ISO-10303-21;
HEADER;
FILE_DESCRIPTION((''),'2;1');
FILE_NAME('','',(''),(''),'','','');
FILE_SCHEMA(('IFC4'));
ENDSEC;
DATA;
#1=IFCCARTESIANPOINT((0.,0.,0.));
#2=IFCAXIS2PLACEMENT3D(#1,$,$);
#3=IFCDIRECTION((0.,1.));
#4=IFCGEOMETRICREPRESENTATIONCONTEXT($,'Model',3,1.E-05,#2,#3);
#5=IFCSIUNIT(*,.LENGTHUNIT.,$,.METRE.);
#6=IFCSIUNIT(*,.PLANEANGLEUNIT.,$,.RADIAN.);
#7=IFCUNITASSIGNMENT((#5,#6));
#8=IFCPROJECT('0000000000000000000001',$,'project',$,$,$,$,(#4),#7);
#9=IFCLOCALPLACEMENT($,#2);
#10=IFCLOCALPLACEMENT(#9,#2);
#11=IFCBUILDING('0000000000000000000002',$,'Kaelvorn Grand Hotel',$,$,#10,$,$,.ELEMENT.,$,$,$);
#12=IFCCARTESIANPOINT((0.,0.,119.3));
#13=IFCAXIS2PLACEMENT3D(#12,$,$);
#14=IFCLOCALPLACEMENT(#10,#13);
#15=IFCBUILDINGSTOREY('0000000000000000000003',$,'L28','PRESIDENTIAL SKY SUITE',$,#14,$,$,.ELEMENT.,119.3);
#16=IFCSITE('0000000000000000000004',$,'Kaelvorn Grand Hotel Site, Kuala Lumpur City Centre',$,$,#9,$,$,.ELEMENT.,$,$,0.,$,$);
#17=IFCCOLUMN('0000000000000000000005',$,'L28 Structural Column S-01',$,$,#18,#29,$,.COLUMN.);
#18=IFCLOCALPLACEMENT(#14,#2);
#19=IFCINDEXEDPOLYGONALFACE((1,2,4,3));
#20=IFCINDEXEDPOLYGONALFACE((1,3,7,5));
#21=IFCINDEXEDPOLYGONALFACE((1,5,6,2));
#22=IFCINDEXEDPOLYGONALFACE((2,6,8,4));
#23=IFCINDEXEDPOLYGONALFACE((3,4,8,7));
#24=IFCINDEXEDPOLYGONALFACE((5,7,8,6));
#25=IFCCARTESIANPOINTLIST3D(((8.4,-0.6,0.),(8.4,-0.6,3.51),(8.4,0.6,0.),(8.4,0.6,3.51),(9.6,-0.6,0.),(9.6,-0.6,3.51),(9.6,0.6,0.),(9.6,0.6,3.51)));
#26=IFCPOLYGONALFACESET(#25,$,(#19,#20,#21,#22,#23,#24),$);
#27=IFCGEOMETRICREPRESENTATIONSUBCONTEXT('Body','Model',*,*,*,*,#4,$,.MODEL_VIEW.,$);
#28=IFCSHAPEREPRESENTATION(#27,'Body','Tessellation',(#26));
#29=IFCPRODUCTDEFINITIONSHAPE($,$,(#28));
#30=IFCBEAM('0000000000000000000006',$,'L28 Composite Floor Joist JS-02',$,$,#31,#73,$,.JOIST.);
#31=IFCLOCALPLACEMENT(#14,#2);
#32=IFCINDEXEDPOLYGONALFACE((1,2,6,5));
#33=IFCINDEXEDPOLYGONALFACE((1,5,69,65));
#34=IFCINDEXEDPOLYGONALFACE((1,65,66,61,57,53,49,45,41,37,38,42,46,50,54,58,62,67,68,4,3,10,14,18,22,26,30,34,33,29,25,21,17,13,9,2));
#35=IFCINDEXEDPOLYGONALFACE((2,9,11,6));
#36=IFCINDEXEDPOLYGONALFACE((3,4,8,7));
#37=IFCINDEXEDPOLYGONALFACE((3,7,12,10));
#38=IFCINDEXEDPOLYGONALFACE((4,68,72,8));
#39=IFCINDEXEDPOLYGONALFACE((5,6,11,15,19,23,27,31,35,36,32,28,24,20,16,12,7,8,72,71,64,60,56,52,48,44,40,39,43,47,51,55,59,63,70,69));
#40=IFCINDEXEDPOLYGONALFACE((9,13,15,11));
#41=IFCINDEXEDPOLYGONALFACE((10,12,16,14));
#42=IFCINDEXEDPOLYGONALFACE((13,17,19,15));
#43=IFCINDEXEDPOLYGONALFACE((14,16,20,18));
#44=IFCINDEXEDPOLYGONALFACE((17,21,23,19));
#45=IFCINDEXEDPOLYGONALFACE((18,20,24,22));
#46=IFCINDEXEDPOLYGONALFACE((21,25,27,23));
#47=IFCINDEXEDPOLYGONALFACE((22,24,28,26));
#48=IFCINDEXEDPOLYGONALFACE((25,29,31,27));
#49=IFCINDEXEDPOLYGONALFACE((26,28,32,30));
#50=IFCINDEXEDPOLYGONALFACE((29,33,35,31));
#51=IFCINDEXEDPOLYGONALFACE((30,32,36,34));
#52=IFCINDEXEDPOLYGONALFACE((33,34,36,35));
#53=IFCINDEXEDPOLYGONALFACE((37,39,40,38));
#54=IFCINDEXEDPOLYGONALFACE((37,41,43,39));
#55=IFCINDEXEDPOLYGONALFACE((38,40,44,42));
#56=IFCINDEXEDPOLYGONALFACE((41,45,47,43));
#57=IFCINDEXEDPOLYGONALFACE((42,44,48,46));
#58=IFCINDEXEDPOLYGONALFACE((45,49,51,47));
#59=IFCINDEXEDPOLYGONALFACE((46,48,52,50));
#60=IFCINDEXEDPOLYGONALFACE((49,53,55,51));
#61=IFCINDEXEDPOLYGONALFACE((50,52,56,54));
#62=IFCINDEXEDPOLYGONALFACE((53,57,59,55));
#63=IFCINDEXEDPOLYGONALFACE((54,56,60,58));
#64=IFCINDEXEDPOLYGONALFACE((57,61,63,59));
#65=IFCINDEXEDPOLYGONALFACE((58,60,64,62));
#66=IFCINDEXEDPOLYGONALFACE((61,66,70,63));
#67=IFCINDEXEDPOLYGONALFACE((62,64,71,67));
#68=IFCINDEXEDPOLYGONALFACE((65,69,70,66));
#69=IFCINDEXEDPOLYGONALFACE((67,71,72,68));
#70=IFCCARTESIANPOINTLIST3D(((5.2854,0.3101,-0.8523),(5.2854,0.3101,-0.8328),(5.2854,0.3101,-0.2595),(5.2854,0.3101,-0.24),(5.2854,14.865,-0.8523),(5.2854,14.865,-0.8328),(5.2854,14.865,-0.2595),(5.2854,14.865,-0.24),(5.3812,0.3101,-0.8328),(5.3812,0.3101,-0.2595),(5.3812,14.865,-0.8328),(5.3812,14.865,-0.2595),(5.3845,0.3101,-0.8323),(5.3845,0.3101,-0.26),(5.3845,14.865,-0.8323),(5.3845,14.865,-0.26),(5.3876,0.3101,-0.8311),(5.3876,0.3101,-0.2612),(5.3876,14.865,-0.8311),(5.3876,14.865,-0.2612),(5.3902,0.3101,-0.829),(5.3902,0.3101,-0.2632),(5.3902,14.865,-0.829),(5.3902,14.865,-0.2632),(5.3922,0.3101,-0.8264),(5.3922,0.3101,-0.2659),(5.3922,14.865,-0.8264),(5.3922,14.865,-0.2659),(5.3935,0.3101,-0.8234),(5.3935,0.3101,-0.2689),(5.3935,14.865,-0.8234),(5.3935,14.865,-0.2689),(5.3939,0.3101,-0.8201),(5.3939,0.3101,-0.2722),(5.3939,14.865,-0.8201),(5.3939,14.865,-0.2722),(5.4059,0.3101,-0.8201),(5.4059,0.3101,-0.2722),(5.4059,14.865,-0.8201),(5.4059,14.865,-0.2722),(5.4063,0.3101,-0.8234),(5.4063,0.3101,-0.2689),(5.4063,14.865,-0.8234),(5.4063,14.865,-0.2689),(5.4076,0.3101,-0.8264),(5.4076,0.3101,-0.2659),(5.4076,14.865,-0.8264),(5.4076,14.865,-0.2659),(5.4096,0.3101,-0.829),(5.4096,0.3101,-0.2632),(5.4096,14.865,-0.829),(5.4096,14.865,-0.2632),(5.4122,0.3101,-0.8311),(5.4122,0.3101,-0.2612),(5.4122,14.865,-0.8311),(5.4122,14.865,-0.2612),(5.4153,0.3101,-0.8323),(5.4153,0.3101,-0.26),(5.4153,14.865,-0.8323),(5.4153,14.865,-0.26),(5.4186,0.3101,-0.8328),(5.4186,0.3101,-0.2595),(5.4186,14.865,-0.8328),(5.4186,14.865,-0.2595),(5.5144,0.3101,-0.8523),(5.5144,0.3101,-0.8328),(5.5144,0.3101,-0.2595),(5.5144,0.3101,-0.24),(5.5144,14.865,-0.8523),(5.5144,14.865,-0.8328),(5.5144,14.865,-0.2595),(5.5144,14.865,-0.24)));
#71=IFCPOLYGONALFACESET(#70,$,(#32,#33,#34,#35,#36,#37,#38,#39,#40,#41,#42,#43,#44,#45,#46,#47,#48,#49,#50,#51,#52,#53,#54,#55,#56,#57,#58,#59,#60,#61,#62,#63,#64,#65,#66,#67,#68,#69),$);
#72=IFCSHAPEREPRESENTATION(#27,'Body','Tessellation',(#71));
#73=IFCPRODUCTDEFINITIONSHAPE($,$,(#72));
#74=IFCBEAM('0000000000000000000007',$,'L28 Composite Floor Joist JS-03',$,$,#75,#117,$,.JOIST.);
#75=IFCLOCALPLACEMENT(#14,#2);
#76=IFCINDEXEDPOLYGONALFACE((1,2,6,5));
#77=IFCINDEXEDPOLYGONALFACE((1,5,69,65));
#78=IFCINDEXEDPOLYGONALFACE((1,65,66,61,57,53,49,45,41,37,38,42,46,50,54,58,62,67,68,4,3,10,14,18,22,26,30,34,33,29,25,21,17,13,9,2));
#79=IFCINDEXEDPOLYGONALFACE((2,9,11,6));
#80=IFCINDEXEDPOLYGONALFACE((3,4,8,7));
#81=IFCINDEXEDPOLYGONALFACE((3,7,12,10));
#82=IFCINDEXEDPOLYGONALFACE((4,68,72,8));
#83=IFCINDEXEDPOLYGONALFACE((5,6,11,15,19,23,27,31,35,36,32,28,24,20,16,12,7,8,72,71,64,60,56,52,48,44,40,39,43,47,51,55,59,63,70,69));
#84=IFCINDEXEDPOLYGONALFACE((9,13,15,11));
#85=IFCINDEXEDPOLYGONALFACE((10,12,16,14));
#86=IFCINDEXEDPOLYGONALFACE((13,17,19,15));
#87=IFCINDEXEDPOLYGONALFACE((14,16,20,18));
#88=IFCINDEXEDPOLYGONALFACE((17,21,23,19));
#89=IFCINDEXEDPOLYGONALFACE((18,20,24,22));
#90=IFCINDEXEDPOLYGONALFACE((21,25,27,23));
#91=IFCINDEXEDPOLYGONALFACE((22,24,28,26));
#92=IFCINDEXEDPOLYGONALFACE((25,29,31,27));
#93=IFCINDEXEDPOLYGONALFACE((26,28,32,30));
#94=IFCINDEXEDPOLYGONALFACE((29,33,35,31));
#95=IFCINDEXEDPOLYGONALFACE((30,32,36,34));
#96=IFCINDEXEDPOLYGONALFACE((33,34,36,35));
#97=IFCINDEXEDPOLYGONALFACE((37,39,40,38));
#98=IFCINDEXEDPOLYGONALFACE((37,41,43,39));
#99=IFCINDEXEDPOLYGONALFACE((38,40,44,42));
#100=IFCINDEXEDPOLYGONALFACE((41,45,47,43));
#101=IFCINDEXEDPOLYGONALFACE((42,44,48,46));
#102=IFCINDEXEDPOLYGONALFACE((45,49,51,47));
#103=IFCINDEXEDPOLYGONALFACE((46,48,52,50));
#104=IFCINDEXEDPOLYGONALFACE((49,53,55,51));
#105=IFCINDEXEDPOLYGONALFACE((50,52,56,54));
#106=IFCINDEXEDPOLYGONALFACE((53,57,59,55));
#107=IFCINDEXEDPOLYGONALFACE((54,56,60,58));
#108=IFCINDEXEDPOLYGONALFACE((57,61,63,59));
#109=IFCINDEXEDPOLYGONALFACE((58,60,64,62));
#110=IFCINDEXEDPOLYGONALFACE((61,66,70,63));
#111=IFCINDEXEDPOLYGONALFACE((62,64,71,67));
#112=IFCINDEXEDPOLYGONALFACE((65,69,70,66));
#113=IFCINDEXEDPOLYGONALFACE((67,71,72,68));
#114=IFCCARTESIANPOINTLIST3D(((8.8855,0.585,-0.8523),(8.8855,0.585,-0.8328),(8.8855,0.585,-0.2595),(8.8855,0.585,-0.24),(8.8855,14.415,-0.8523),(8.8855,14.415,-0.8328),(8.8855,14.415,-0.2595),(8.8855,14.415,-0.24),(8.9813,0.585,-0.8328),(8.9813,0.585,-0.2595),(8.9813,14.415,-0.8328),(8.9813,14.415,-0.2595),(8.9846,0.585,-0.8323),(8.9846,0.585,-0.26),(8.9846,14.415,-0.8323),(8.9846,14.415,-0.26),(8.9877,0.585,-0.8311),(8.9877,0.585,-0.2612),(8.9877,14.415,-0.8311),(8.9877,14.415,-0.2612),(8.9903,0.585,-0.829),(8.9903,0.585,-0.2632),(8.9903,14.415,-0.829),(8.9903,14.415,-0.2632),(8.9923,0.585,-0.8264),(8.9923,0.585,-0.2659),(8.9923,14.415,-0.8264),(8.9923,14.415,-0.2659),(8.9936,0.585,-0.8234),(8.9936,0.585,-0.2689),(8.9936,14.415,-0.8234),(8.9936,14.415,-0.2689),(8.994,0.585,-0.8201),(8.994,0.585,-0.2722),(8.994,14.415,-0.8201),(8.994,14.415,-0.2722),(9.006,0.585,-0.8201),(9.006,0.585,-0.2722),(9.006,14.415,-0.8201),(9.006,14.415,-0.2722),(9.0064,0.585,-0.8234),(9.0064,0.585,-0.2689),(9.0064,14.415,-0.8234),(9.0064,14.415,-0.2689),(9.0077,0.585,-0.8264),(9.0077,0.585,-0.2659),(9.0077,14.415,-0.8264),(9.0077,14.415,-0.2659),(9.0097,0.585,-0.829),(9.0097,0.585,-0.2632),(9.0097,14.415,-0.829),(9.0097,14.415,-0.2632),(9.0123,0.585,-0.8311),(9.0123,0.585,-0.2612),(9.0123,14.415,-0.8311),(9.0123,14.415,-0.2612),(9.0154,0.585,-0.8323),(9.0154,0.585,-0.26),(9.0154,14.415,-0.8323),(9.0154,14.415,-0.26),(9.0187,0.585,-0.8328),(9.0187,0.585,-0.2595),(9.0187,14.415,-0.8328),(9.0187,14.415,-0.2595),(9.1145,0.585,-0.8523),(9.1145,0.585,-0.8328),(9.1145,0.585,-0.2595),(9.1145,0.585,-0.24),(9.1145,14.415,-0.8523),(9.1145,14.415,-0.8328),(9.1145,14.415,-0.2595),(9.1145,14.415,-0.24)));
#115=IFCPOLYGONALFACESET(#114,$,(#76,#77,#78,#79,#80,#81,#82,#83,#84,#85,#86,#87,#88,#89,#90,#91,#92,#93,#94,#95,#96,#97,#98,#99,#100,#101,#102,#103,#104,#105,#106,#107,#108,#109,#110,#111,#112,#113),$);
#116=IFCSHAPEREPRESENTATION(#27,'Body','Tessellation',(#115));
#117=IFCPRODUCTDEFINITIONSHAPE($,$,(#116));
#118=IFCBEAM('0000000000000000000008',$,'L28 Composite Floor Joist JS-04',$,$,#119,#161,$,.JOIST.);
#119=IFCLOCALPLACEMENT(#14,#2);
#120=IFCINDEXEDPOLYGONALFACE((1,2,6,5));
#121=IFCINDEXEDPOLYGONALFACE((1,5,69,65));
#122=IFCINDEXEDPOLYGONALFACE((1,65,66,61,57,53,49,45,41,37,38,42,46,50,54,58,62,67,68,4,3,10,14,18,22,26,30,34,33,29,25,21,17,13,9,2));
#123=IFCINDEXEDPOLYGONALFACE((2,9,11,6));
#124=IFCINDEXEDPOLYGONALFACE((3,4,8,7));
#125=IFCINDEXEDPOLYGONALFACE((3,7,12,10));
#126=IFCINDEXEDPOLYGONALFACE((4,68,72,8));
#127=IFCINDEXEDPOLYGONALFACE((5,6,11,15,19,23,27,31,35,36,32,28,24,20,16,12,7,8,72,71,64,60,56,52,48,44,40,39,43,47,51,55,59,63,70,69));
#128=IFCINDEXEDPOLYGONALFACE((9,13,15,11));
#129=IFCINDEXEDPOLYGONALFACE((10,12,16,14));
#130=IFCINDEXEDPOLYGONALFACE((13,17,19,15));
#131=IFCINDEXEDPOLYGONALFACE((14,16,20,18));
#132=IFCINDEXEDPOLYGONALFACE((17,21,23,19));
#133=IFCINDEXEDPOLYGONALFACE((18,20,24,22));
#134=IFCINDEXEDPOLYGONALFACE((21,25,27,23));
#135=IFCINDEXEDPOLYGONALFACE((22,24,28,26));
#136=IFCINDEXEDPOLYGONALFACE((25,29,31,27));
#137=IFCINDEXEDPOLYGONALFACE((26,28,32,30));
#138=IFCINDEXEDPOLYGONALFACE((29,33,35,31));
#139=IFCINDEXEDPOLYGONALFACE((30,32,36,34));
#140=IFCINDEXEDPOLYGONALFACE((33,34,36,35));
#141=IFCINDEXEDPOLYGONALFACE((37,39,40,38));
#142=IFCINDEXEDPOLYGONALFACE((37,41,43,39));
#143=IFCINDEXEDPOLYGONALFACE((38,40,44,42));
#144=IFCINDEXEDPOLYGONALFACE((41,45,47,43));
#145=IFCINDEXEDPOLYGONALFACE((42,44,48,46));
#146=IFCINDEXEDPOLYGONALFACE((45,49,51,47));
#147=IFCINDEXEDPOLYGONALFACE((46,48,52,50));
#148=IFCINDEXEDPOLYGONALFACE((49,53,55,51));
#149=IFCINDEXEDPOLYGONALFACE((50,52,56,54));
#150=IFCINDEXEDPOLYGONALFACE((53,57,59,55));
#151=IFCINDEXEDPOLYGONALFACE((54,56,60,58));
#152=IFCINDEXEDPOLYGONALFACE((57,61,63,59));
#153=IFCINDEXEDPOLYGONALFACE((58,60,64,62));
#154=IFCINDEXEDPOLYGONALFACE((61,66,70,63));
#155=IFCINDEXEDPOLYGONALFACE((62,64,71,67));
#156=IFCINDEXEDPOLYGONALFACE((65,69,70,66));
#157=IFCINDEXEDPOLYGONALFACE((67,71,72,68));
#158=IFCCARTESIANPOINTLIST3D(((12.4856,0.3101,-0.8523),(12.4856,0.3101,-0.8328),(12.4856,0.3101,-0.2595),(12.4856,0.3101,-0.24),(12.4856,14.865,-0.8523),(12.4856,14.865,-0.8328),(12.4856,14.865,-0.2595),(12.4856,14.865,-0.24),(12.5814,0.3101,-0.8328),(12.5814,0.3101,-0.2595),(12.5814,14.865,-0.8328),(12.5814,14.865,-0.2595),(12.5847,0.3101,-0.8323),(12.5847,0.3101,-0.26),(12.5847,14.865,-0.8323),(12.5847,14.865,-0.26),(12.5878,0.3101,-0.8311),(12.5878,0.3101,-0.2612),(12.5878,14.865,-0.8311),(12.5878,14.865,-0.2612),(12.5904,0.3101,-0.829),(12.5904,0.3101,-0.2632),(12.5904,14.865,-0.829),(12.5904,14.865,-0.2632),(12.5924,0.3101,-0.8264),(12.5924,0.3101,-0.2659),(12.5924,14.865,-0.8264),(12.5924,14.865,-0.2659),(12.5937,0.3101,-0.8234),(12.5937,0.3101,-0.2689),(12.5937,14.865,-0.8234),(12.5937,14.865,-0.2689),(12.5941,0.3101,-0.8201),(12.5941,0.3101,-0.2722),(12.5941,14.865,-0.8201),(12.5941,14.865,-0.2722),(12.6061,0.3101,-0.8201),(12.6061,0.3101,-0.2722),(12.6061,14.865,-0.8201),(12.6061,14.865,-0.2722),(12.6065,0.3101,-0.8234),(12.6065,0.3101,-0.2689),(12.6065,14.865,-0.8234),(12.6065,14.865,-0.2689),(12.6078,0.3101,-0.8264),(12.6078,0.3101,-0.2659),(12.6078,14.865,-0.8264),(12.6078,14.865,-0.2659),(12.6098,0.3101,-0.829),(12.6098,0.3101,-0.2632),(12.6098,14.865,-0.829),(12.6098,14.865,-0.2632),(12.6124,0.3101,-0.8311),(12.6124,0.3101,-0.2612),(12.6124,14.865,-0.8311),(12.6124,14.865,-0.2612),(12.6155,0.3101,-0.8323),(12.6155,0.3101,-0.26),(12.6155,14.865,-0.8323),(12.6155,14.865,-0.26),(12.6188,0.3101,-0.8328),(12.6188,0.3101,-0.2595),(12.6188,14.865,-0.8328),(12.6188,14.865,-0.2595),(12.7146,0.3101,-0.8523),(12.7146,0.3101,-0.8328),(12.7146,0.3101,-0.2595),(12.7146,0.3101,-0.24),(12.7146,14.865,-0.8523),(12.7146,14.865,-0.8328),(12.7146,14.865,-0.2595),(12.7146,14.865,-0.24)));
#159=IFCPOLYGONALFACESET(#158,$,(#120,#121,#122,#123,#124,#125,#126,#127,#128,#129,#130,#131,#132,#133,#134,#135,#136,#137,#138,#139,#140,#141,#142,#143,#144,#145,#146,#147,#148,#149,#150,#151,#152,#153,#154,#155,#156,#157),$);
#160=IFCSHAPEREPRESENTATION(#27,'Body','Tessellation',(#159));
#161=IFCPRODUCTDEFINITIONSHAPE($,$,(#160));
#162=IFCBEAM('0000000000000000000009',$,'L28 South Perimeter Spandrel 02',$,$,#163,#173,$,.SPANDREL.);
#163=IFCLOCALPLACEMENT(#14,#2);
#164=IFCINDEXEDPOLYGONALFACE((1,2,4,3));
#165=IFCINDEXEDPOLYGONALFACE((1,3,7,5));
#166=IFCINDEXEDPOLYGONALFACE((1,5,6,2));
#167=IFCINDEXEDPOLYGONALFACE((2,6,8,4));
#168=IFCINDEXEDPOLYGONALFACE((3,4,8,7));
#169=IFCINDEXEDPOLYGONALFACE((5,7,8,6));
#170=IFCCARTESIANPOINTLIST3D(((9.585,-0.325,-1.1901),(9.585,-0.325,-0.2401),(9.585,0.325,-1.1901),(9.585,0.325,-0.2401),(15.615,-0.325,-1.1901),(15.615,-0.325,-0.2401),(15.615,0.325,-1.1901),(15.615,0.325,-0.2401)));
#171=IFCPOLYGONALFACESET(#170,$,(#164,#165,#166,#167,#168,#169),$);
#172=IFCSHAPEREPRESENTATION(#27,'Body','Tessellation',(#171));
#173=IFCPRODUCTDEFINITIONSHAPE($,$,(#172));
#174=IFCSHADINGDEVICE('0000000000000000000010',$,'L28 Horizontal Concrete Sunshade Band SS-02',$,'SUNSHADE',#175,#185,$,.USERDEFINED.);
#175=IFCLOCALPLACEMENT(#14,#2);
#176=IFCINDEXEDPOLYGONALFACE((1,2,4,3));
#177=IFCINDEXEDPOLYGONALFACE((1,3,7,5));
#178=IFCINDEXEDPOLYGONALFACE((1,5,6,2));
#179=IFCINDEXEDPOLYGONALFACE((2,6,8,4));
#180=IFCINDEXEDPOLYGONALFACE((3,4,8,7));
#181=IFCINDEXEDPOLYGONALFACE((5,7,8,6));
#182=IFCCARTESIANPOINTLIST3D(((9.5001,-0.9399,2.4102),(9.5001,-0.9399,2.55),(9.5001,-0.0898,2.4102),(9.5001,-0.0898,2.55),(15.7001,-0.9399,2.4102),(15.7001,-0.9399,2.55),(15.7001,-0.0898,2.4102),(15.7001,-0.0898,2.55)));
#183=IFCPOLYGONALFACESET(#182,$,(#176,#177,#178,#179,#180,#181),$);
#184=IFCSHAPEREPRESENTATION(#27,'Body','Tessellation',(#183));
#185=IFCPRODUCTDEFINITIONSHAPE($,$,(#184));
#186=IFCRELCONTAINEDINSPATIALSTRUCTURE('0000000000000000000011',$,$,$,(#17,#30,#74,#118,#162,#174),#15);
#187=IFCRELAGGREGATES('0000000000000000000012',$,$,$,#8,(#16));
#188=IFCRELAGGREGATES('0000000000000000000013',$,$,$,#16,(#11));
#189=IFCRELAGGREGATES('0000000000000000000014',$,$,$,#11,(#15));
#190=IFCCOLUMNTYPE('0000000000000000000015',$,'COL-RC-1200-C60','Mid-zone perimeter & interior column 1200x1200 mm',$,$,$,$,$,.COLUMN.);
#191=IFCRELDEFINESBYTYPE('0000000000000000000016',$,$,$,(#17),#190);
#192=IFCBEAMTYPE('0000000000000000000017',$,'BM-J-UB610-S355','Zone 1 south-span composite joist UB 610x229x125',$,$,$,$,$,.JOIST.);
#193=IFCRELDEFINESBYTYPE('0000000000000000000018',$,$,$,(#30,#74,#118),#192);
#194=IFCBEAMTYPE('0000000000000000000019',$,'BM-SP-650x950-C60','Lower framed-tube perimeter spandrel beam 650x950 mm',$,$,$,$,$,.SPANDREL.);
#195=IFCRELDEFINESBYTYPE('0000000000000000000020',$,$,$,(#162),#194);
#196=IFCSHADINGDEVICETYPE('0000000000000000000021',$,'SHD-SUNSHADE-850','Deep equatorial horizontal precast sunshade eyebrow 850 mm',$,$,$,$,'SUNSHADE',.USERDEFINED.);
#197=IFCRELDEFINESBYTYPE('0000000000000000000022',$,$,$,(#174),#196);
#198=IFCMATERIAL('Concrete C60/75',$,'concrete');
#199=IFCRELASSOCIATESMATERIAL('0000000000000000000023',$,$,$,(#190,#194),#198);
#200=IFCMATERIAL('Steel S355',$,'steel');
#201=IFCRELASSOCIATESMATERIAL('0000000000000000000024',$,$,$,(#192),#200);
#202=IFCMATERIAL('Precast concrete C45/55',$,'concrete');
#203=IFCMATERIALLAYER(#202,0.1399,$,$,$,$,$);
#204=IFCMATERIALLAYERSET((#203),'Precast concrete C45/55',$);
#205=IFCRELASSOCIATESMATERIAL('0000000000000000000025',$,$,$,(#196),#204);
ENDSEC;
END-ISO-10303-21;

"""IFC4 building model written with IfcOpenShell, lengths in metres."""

from ifc_helpers import new_model, si_unit, direction, frame, origin, origin_2d, place, context, subcontext, project, spatial, rectangle, i_section, extrude, material, layer, layer_set, material_profile, profile_set, type_object, element, save


model = new_model("IFC4")

# Units and contexts
model_context = context("Model", 3, precision=1e-05, world=origin(), true_north=direction((0.0, 1.0)))
body_context = subcontext(model_context, "Body", "Model", "MODEL_VIEW")
ifc_project = project(units=[si_unit("LENGTHUNIT", "METRE"), si_unit("PLANEANGLEUNIT", "RADIAN")], contexts=[model_context])

# Site, building, storey
site_placement = place(None, origin())
site = spatial("IfcSite", under=ifc_project, at=site_placement, Name="Kaelvorn Grand Hotel Site, Kuala Lumpur City Centre", CompositionType="ELEMENT", RefElevation=0.0)
building_placement = place(site_placement, origin())
building = spatial("IfcBuilding", under=site, at=building_placement, Name="Kaelvorn Grand Hotel", CompositionType="ELEMENT")
storey_placement = place(building_placement, frame((0.0, 0.0, 119.3)))
storey = spatial("IfcBuildingStorey", under=building, at=storey_placement, Name="L28", Description="PRESIDENTIAL SKY SUITE", CompositionType="ELEMENT", Elevation=119.3)

# Column
ifc_material_1 = material(Name="Concrete C60/75", Category="concrete")
ifc_material_profile_1 = material_profile(ifc_material_1, rectangle(XDim=1.2, YDim=1.2, at=origin_2d()), Name="RC COL 1200x1200")
ifc_profile_set_1 = profile_set([ifc_material_profile_1], Name="Concrete C60/75")
column_type = type_object("IfcColumnType", Name="COL-RC-1200-C60", Description="Mid-zone perimeter & interior column 1200x1200 mm", PredefinedType="COLUMN", material=ifc_profile_set_1)
column_placement = place(storey_placement, frame((9.0, 0.0, 0.0), z_axis=(0.0, 0.0, 1.0), x_axis=(1.0, 0.0, 0.0)))
element("IfcColumn", 1, at=column_placement, inside=storey, type_object=column_type, Name="L28 Structural Column S-01", PredefinedType="COLUMN", context=body_context, shape_type="SweptSolid", body=[
    extrude(rectangle(XDim=1.2, YDim=1.2, at=origin_2d()), origin(), (0.0, 0.0, 1.0), 3.51),
])

# Beams
ifc_material_2 = material(Name="Steel S355", Category="steel")
ifc_material_profile_2 = material_profile(ifc_material_2, i_section(OverallWidth=0.229, OverallDepth=0.6123, WebThickness=0.012, FlangeThickness=0.0195, FilletRadius=0.0127, at=origin_2d()), Name="UB 610x229x125")
ifc_profile_set_2 = profile_set([ifc_material_profile_2], Name="Steel S355")
beam_type_1 = type_object("IfcBeamType", Name="BM-J-UB610-S355", Description="Zone 1 south-span composite joist UB 610x229x125", PredefinedType="JOIST", material=ifc_profile_set_2)
beam_1_placement = place(storey_placement, frame((5.3999, 0.3101, -0.5461), z_axis=(0.0, 1.0, 0.0), x_axis=(-1.0, 0.0, 0.0)))
element("IfcBeam", 2, at=beam_1_placement, inside=storey, type_object=beam_type_1, Name="L28 Composite Floor Joist JS-02", PredefinedType="JOIST", context=body_context, shape_type="SweptSolid", body=[
    extrude(i_section(OverallWidth=0.229, OverallDepth=0.6123, WebThickness=0.012, FlangeThickness=0.0195, FilletRadius=0.0127, at=origin_2d()), origin(), (0.0, 0.0, 1.0), 14.5549),
])
beam_2_placement = place(storey_placement, frame((9.0, 0.585, -0.5461), z_axis=(0.0, 1.0, 0.0), x_axis=(-1.0, 0.0, 0.0)))
element("IfcBeam", 3, at=beam_2_placement, inside=storey, type_object=beam_type_1, Name="L28 Composite Floor Joist JS-03", PredefinedType="JOIST", context=body_context, shape_type="SweptSolid", body=[
    extrude(i_section(OverallWidth=0.229, OverallDepth=0.6123, WebThickness=0.012, FlangeThickness=0.0195, FilletRadius=0.0127, at=origin_2d()), origin(), (0.0, 0.0, 1.0), 13.8301),
])
beam_3_placement = place(storey_placement, frame((12.6001, 0.3101, -0.5461), z_axis=(0.0, 1.0, 0.0), x_axis=(-1.0, 0.0, 0.0)))
element("IfcBeam", 4, at=beam_3_placement, inside=storey, type_object=beam_type_1, Name="L28 Composite Floor Joist JS-04", PredefinedType="JOIST", context=body_context, shape_type="SweptSolid", body=[
    extrude(i_section(OverallWidth=0.229, OverallDepth=0.6123, WebThickness=0.012, FlangeThickness=0.0195, FilletRadius=0.0127, at=origin_2d()), origin(), (0.0, 0.0, 1.0), 14.5549),
])
ifc_material_profile_3 = material_profile(ifc_material_1, rectangle(XDim=0.6499, YDim=0.95, at=origin_2d()), Name="RC SPANDREL 650x950")
ifc_profile_set_3 = profile_set([ifc_material_profile_3], Name="Concrete C60/75")
beam_type_2 = type_object("IfcBeamType", Name="BM-SP-650x950-C60", Description="Lower framed-tube perimeter spandrel beam 650x950 mm", PredefinedType="SPANDREL", material=ifc_profile_set_3)
beam_4_placement = place(storey_placement, frame((9.585, 0.0, -0.7151), z_axis=(1.0, 0.0, 0.0), x_axis=(0.0, 1.0, 0.0)))
element("IfcBeam", 5, at=beam_4_placement, inside=storey, type_object=beam_type_2, Name="L28 South Perimeter Spandrel 02", PredefinedType="SPANDREL", context=body_context, shape_type="SweptSolid", body=[
    extrude(rectangle(XDim=0.6499, YDim=0.95, at=origin_2d()), origin(), (0.0, 0.0, 1.0), 6.03),
])

# Shading device
ifc_material_3 = material(Name="Precast concrete C45/55", Category="concrete")
ifc_layer = layer(ifc_material_3, 0.1399)
ifc_layer_set = layer_set([ifc_layer], Name="Precast concrete C45/55")
shading_device_type = type_object("IfcShadingDeviceType", Name="SHD-SUNSHADE-850", Description="Deep equatorial horizontal precast sunshade eyebrow 850 mm", ElementType="SUNSHADE", PredefinedType="USERDEFINED", material=ifc_layer_set)
shading_device_placement = place(storey_placement, frame((12.6001, -0.5149, 2.4102), z_axis=(0.0, 0.0, 1.0), x_axis=(1.0, 0.0, 0.0)))
element("IfcShadingDevice", 6, at=shading_device_placement, inside=storey, type_object=shading_device_type, Name="L28 Horizontal Concrete Sunshade Band SS-02", ObjectType="SUNSHADE", PredefinedType="USERDEFINED", context=body_context, shape_type="SweptSolid", body=[
    extrude(rectangle(XDim=6.2, YDim=0.8501, at=origin_2d()), origin(), (0.0, 0.0, 1.0), 0.1399),
])

save(model, "model.ifc")
